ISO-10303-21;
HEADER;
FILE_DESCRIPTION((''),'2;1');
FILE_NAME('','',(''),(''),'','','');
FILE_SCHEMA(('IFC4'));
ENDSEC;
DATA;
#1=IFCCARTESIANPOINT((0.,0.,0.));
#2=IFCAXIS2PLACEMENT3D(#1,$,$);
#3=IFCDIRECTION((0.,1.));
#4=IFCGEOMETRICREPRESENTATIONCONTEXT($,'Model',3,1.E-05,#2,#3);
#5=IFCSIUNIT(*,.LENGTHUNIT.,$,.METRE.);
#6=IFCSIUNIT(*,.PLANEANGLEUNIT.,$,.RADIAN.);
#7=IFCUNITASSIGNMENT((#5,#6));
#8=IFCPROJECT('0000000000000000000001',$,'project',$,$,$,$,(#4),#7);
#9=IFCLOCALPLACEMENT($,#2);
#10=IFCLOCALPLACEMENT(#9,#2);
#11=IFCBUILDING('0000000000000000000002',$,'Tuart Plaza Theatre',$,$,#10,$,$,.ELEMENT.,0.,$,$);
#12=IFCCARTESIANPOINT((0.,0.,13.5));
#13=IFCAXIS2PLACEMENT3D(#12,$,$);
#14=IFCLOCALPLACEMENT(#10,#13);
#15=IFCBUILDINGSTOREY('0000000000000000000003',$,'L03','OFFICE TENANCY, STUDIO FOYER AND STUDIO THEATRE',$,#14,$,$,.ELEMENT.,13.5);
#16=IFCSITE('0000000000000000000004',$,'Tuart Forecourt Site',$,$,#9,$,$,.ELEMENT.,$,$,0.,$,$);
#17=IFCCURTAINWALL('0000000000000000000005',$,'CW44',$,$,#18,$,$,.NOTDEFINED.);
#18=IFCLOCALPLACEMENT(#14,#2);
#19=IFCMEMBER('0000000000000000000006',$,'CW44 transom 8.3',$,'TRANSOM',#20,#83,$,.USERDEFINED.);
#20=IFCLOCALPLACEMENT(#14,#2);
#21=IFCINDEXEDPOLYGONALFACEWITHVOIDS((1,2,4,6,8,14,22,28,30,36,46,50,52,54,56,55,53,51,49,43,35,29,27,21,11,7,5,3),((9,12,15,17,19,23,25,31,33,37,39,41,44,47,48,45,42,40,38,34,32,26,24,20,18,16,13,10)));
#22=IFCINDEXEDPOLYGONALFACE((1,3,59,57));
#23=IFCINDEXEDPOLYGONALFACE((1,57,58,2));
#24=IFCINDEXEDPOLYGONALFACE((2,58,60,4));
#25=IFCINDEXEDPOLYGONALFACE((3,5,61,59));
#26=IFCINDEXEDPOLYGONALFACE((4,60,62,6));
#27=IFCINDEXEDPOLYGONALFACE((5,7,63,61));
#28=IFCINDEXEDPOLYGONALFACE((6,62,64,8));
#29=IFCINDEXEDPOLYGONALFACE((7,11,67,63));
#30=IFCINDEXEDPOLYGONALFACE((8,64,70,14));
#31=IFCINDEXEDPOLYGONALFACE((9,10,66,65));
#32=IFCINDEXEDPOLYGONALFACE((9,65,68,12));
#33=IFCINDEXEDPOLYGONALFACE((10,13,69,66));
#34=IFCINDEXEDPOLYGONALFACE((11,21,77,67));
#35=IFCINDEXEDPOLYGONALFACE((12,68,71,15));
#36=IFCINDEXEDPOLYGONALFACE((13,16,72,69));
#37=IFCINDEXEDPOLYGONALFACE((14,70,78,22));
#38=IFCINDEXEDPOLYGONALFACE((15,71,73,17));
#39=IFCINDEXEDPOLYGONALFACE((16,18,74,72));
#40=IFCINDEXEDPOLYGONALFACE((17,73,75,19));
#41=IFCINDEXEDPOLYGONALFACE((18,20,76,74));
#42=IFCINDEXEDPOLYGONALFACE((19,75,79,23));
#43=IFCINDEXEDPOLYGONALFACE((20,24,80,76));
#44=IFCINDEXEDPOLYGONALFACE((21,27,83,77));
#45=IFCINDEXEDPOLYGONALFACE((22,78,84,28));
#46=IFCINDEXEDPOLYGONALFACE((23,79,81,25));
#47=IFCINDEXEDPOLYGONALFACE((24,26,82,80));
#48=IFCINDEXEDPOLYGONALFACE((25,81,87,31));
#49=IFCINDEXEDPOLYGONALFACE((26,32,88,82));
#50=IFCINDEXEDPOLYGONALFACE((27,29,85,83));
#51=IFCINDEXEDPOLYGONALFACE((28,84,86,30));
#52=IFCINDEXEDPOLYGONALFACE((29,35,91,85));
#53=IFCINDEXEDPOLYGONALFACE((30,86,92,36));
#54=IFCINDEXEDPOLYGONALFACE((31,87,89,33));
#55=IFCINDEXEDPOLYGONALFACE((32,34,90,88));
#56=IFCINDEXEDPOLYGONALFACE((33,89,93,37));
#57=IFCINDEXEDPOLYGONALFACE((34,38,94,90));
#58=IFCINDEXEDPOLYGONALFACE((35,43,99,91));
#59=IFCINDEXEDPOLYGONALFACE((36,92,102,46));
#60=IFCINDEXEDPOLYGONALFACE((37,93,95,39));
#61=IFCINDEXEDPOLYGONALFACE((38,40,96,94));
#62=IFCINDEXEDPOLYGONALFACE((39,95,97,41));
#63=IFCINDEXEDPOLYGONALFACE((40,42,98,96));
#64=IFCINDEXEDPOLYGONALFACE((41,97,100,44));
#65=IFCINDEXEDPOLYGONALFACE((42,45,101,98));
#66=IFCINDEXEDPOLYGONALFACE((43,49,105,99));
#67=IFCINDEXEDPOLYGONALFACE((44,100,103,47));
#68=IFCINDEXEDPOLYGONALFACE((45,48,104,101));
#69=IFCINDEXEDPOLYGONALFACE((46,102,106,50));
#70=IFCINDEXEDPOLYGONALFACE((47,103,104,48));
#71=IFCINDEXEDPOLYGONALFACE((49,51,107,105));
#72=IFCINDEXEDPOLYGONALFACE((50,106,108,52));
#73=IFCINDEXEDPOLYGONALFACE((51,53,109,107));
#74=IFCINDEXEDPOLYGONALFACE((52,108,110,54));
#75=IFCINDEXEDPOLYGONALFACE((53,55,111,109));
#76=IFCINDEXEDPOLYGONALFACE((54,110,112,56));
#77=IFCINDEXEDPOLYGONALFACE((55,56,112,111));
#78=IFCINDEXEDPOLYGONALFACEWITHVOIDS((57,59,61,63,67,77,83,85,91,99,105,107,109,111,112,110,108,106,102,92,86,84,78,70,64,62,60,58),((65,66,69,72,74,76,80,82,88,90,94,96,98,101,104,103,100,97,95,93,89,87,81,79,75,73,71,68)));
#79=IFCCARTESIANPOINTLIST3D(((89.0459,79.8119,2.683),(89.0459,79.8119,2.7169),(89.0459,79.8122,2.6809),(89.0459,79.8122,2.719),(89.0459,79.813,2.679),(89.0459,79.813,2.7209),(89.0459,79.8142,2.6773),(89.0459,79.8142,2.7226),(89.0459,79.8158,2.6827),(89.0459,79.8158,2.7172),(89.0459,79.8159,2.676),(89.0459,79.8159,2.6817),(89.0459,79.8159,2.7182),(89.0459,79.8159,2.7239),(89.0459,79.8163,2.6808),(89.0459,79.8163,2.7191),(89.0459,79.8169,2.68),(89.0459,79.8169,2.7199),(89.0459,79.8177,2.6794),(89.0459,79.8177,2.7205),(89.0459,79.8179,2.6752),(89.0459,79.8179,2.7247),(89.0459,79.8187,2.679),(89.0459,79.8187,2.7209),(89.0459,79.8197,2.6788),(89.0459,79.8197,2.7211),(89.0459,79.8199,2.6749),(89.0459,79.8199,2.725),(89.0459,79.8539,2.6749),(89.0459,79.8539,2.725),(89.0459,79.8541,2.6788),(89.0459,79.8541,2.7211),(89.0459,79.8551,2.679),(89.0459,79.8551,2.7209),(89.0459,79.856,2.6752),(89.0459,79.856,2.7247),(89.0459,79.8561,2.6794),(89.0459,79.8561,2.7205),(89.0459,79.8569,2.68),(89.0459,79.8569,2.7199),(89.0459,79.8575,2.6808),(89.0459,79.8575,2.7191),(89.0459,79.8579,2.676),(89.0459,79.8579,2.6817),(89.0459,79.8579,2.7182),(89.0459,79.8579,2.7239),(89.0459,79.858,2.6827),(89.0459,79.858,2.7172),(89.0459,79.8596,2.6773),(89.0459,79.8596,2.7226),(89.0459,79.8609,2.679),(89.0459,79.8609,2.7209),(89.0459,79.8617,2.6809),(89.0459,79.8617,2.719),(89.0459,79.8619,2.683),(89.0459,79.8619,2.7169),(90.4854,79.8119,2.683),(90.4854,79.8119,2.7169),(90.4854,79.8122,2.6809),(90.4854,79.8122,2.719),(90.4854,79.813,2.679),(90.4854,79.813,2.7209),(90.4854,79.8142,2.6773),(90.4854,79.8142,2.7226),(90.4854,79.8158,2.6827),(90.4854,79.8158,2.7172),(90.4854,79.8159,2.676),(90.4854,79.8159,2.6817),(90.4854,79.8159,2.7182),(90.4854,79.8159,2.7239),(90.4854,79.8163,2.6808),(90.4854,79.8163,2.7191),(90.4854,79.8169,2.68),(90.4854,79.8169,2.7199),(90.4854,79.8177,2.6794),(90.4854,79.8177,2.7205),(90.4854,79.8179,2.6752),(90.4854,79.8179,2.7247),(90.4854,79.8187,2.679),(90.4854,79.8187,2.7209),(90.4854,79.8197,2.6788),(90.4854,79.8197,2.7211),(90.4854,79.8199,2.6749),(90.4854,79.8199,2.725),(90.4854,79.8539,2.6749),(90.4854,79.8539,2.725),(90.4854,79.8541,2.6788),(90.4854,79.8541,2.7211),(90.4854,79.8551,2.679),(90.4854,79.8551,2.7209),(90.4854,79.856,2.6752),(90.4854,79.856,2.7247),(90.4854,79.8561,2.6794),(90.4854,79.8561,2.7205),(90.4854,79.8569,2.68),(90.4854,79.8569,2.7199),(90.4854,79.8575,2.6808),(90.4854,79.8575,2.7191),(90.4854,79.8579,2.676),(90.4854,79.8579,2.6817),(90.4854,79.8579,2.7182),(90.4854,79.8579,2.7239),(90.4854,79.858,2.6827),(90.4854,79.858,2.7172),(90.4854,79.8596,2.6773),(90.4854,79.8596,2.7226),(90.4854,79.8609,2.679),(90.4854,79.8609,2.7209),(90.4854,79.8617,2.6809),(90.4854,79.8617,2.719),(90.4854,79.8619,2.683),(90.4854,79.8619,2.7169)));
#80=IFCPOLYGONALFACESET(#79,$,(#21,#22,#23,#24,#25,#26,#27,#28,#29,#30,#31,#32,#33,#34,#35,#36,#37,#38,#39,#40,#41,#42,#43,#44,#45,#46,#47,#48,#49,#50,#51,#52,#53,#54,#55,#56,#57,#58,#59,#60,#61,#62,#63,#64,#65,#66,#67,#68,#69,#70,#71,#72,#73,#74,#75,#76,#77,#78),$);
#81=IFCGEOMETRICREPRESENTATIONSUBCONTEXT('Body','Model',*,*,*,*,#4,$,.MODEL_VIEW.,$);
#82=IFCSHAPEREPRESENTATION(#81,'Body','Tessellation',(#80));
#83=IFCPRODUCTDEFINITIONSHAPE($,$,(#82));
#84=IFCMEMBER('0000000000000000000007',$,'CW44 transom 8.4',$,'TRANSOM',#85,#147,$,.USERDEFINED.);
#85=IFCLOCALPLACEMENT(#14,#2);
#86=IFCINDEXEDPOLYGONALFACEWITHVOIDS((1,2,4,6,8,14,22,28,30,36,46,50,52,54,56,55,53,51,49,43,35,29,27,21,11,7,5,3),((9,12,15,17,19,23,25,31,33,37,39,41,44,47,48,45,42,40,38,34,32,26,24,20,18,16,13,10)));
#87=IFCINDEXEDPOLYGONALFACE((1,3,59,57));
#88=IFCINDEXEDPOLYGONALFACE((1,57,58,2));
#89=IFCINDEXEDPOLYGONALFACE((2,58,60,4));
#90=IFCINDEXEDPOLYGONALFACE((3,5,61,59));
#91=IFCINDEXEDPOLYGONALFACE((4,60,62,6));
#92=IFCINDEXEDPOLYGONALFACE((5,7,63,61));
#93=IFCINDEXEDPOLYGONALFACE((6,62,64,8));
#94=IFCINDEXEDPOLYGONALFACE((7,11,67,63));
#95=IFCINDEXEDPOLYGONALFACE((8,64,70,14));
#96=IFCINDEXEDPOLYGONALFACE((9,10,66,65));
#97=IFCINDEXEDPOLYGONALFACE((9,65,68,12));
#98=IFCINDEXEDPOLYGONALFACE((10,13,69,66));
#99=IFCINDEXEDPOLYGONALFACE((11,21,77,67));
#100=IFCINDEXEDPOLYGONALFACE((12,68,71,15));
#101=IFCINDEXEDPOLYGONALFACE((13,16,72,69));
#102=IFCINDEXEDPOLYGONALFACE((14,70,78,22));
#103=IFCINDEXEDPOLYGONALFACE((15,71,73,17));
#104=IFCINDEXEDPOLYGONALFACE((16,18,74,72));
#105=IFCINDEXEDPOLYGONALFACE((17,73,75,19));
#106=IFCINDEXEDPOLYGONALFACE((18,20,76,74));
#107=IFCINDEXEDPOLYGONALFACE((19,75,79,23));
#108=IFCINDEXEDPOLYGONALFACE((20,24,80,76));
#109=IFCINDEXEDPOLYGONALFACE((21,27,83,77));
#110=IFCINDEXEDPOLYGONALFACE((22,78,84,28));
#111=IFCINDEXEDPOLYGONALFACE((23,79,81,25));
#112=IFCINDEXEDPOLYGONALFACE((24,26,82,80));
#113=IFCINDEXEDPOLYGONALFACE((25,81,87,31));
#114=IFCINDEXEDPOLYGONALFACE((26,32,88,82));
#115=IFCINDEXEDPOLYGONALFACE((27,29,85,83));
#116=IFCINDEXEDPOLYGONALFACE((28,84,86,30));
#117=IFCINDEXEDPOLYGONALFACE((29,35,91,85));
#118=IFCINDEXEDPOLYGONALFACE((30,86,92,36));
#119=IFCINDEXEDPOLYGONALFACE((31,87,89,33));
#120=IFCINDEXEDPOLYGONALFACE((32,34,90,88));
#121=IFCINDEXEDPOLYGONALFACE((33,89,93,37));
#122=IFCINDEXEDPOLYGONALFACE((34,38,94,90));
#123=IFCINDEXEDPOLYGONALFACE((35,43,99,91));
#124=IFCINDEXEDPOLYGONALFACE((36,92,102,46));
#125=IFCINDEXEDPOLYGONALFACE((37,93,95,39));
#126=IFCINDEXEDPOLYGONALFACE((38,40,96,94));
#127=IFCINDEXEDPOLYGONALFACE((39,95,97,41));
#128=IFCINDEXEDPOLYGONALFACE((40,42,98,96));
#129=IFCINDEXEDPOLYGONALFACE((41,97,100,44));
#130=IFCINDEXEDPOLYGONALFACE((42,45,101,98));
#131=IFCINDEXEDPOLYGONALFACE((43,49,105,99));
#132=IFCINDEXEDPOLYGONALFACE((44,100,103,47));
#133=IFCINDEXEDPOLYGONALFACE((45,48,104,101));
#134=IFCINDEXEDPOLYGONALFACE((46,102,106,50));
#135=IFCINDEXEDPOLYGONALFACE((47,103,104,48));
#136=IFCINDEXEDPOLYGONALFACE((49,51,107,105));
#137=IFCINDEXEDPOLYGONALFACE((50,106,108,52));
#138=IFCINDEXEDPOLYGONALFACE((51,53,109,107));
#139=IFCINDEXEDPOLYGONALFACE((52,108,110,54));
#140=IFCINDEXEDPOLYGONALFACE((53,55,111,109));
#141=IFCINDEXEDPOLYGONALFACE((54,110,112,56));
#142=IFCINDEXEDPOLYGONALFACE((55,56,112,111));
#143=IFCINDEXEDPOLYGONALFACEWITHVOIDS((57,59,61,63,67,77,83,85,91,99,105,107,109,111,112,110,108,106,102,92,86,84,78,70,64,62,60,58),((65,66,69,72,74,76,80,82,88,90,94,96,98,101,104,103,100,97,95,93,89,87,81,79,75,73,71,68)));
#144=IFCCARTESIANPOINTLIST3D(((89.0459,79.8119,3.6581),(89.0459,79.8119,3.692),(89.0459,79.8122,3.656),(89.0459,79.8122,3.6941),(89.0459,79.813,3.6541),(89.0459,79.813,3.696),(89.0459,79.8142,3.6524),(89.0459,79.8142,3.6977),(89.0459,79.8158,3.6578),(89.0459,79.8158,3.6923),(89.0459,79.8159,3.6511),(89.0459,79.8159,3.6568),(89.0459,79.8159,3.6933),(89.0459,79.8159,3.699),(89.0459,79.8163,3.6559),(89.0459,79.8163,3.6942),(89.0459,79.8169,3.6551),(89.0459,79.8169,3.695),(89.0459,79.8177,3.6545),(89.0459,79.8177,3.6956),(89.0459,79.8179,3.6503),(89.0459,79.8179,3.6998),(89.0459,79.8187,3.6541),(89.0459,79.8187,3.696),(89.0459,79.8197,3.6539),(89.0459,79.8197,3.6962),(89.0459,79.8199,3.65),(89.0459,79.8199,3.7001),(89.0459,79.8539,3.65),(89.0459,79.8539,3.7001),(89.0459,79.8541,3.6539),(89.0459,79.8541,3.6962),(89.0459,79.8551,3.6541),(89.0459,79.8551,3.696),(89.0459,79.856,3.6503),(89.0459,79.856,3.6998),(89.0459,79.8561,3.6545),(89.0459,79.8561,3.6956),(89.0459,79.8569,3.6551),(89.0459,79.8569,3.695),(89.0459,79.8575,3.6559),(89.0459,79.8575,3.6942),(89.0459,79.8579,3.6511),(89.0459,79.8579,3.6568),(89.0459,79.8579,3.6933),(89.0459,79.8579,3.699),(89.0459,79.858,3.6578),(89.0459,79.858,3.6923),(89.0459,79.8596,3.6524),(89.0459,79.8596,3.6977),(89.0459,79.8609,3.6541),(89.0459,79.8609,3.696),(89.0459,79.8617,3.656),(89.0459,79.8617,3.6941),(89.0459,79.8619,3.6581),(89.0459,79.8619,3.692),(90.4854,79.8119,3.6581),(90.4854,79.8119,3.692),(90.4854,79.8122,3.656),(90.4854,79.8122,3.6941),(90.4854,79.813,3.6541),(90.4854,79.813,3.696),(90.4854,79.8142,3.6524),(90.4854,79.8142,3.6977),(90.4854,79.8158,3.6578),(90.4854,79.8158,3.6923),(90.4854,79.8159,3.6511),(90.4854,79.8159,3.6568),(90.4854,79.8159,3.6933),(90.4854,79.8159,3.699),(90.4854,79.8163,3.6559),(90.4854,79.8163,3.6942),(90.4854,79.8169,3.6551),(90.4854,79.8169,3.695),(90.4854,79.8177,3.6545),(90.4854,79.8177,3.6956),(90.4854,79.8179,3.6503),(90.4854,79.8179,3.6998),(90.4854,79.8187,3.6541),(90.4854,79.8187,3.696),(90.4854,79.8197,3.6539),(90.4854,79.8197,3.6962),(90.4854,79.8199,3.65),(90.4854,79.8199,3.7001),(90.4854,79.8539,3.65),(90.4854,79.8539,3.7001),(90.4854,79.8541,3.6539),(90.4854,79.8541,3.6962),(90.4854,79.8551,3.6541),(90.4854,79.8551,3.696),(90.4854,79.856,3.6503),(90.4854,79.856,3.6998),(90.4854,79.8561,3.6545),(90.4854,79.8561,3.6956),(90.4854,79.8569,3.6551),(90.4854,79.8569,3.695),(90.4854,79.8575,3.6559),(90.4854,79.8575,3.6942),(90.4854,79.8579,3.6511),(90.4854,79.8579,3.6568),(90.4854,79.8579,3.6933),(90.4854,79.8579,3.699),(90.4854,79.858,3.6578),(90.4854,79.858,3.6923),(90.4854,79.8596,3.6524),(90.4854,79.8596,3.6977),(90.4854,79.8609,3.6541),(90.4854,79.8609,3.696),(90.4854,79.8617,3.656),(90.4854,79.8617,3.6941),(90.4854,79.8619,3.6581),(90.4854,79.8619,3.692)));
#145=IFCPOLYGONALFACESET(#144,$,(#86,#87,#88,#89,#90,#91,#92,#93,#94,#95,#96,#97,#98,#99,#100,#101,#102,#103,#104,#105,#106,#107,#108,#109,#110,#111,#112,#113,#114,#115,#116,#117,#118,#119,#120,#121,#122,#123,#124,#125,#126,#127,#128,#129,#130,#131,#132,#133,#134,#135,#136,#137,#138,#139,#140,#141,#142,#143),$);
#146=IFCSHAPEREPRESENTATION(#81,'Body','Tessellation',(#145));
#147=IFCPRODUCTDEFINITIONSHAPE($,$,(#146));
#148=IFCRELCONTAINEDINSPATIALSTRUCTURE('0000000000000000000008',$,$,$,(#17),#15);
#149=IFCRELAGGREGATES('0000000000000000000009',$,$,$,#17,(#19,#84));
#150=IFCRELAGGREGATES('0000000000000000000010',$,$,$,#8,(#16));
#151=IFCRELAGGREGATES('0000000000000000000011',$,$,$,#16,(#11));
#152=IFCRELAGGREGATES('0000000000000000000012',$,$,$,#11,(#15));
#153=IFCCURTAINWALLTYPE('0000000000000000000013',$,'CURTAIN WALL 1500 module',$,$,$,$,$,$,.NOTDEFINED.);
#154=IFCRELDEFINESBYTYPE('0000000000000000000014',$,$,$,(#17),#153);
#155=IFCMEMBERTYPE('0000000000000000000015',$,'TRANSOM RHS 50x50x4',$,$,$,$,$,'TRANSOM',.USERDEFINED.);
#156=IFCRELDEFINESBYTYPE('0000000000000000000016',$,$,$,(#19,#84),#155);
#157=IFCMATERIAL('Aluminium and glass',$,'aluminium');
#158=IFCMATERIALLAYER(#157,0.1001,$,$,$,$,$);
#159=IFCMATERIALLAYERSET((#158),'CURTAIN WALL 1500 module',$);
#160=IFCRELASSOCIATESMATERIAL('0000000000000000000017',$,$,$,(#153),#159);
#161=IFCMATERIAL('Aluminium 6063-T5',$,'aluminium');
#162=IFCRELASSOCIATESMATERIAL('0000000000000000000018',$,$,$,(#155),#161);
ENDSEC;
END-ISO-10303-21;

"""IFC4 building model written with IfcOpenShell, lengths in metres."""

from ifc_helpers import new_model, si_unit, direction, frame, origin, origin_2d, place, context, subcontext, project, spatial, hollow_rectangle, extrude, material, layer, layer_set, material_profile, profile_set, type_object, element, aggregate, save


model = new_model("IFC4")

# Units and contexts
model_context = context("Model", 3, precision=1e-05, world=origin(), true_north=direction((0.0, 1.0)))
body_context = subcontext(model_context, "Body", "Model", "MODEL_VIEW")
ifc_project = project(units=[si_unit("LENGTHUNIT", "METRE"), si_unit("PLANEANGLEUNIT", "RADIAN")], contexts=[model_context])

# Site, building, storey
site_placement = place(None, origin())
site = spatial("IfcSite", under=ifc_project, at=site_placement, Name="Tuart Forecourt Site", CompositionType="ELEMENT", RefElevation=0.0)
building_placement = place(site_placement, origin())
building = spatial("IfcBuilding", under=site, at=building_placement, Name="Tuart Plaza Theatre", CompositionType="ELEMENT", ElevationOfRefHeight=0.0)
storey_placement = place(building_placement, frame((0.0, 0.0, 13.5)))
storey = spatial("IfcBuildingStorey", under=building, at=storey_placement, Name="L03", Description="OFFICE TENANCY, STUDIO FOYER AND STUDIO THEATRE", CompositionType="ELEMENT", Elevation=13.5)

# Curtain wall, members
ifc_material_1 = material(Name="Aluminium and glass", Category="aluminium")
ifc_layer_1 = layer(ifc_material_1, 0.1001)
ifc_layer_set_1 = layer_set([ifc_layer_1], Name="CURTAIN WALL 1500 module")
curtain_wall_type = type_object("IfcCurtainWallType", Name="CURTAIN WALL 1500 module", PredefinedType="NOTDEFINED", material=ifc_layer_set_1)
curtain_wall_placement = place(storey_placement, origin())
curtain_wall = element("IfcCurtainWall", 1, at=curtain_wall_placement, inside=storey, type_object=curtain_wall_type, Name="CW44", PredefinedType="NOTDEFINED")
ifc_material_2 = material(Name="Aluminium 6063-T5", Category="aluminium")
ifc_material_profile_1 = material_profile(ifc_material_2, hollow_rectangle(XDim=0.05, YDim=0.05, WallThickness=0.0039, InnerFilletRadius=0.0039, OuterFilletRadius=0.0081, at=origin_2d()), Name="RHS 50x50x4")
ifc_profile_set_1 = profile_set([ifc_material_profile_1], Name="Aluminium 6063-T5")
member_type_1 = type_object("IfcMemberType", Name="TRANSOM RHS 50x50x4", ElementType="TRANSOM", PredefinedType="USERDEFINED", material=ifc_profile_set_1)
member_1_placement = place(storey_placement, frame((89.0459, 79.8369, 2.7), z_axis=(1.0, 0.0, 0.0), x_axis=(0.0, 1.0, 0.0)))
member_1 = element("IfcMember", 2, at=member_1_placement, type_object=member_type_1, Name="CW44 transom 8.3", ObjectType="TRANSOM", PredefinedType="USERDEFINED", context=body_context, shape_type="SweptSolid", body=[
    extrude(hollow_rectangle(XDim=0.05, YDim=0.05, WallThickness=0.0039, InnerFilletRadius=0.0039, OuterFilletRadius=0.0081, at=origin_2d()), origin(), (0.0, 0.0, 1.0), 1.4395),
])
member_2_placement = place(storey_placement, frame((89.0459, 79.8369, 3.675), z_axis=(1.0, 0.0, 0.0), x_axis=(0.0, 1.0, 0.0)))
member_2 = element("IfcMember", 3, at=member_2_placement, type_object=member_type_1, Name="CW44 transom 8.4", ObjectType="TRANSOM", PredefinedType="USERDEFINED", context=body_context, shape_type="SweptSolid", body=[
    extrude(hollow_rectangle(XDim=0.05, YDim=0.05, WallThickness=0.0039, InnerFilletRadius=0.0039, OuterFilletRadius=0.0081, at=origin_2d()), origin(), (0.0, 0.0, 1.0), 1.4395),
])
aggregate(curtain_wall, [member_1, member_2])

save(model, "model.ifc")
